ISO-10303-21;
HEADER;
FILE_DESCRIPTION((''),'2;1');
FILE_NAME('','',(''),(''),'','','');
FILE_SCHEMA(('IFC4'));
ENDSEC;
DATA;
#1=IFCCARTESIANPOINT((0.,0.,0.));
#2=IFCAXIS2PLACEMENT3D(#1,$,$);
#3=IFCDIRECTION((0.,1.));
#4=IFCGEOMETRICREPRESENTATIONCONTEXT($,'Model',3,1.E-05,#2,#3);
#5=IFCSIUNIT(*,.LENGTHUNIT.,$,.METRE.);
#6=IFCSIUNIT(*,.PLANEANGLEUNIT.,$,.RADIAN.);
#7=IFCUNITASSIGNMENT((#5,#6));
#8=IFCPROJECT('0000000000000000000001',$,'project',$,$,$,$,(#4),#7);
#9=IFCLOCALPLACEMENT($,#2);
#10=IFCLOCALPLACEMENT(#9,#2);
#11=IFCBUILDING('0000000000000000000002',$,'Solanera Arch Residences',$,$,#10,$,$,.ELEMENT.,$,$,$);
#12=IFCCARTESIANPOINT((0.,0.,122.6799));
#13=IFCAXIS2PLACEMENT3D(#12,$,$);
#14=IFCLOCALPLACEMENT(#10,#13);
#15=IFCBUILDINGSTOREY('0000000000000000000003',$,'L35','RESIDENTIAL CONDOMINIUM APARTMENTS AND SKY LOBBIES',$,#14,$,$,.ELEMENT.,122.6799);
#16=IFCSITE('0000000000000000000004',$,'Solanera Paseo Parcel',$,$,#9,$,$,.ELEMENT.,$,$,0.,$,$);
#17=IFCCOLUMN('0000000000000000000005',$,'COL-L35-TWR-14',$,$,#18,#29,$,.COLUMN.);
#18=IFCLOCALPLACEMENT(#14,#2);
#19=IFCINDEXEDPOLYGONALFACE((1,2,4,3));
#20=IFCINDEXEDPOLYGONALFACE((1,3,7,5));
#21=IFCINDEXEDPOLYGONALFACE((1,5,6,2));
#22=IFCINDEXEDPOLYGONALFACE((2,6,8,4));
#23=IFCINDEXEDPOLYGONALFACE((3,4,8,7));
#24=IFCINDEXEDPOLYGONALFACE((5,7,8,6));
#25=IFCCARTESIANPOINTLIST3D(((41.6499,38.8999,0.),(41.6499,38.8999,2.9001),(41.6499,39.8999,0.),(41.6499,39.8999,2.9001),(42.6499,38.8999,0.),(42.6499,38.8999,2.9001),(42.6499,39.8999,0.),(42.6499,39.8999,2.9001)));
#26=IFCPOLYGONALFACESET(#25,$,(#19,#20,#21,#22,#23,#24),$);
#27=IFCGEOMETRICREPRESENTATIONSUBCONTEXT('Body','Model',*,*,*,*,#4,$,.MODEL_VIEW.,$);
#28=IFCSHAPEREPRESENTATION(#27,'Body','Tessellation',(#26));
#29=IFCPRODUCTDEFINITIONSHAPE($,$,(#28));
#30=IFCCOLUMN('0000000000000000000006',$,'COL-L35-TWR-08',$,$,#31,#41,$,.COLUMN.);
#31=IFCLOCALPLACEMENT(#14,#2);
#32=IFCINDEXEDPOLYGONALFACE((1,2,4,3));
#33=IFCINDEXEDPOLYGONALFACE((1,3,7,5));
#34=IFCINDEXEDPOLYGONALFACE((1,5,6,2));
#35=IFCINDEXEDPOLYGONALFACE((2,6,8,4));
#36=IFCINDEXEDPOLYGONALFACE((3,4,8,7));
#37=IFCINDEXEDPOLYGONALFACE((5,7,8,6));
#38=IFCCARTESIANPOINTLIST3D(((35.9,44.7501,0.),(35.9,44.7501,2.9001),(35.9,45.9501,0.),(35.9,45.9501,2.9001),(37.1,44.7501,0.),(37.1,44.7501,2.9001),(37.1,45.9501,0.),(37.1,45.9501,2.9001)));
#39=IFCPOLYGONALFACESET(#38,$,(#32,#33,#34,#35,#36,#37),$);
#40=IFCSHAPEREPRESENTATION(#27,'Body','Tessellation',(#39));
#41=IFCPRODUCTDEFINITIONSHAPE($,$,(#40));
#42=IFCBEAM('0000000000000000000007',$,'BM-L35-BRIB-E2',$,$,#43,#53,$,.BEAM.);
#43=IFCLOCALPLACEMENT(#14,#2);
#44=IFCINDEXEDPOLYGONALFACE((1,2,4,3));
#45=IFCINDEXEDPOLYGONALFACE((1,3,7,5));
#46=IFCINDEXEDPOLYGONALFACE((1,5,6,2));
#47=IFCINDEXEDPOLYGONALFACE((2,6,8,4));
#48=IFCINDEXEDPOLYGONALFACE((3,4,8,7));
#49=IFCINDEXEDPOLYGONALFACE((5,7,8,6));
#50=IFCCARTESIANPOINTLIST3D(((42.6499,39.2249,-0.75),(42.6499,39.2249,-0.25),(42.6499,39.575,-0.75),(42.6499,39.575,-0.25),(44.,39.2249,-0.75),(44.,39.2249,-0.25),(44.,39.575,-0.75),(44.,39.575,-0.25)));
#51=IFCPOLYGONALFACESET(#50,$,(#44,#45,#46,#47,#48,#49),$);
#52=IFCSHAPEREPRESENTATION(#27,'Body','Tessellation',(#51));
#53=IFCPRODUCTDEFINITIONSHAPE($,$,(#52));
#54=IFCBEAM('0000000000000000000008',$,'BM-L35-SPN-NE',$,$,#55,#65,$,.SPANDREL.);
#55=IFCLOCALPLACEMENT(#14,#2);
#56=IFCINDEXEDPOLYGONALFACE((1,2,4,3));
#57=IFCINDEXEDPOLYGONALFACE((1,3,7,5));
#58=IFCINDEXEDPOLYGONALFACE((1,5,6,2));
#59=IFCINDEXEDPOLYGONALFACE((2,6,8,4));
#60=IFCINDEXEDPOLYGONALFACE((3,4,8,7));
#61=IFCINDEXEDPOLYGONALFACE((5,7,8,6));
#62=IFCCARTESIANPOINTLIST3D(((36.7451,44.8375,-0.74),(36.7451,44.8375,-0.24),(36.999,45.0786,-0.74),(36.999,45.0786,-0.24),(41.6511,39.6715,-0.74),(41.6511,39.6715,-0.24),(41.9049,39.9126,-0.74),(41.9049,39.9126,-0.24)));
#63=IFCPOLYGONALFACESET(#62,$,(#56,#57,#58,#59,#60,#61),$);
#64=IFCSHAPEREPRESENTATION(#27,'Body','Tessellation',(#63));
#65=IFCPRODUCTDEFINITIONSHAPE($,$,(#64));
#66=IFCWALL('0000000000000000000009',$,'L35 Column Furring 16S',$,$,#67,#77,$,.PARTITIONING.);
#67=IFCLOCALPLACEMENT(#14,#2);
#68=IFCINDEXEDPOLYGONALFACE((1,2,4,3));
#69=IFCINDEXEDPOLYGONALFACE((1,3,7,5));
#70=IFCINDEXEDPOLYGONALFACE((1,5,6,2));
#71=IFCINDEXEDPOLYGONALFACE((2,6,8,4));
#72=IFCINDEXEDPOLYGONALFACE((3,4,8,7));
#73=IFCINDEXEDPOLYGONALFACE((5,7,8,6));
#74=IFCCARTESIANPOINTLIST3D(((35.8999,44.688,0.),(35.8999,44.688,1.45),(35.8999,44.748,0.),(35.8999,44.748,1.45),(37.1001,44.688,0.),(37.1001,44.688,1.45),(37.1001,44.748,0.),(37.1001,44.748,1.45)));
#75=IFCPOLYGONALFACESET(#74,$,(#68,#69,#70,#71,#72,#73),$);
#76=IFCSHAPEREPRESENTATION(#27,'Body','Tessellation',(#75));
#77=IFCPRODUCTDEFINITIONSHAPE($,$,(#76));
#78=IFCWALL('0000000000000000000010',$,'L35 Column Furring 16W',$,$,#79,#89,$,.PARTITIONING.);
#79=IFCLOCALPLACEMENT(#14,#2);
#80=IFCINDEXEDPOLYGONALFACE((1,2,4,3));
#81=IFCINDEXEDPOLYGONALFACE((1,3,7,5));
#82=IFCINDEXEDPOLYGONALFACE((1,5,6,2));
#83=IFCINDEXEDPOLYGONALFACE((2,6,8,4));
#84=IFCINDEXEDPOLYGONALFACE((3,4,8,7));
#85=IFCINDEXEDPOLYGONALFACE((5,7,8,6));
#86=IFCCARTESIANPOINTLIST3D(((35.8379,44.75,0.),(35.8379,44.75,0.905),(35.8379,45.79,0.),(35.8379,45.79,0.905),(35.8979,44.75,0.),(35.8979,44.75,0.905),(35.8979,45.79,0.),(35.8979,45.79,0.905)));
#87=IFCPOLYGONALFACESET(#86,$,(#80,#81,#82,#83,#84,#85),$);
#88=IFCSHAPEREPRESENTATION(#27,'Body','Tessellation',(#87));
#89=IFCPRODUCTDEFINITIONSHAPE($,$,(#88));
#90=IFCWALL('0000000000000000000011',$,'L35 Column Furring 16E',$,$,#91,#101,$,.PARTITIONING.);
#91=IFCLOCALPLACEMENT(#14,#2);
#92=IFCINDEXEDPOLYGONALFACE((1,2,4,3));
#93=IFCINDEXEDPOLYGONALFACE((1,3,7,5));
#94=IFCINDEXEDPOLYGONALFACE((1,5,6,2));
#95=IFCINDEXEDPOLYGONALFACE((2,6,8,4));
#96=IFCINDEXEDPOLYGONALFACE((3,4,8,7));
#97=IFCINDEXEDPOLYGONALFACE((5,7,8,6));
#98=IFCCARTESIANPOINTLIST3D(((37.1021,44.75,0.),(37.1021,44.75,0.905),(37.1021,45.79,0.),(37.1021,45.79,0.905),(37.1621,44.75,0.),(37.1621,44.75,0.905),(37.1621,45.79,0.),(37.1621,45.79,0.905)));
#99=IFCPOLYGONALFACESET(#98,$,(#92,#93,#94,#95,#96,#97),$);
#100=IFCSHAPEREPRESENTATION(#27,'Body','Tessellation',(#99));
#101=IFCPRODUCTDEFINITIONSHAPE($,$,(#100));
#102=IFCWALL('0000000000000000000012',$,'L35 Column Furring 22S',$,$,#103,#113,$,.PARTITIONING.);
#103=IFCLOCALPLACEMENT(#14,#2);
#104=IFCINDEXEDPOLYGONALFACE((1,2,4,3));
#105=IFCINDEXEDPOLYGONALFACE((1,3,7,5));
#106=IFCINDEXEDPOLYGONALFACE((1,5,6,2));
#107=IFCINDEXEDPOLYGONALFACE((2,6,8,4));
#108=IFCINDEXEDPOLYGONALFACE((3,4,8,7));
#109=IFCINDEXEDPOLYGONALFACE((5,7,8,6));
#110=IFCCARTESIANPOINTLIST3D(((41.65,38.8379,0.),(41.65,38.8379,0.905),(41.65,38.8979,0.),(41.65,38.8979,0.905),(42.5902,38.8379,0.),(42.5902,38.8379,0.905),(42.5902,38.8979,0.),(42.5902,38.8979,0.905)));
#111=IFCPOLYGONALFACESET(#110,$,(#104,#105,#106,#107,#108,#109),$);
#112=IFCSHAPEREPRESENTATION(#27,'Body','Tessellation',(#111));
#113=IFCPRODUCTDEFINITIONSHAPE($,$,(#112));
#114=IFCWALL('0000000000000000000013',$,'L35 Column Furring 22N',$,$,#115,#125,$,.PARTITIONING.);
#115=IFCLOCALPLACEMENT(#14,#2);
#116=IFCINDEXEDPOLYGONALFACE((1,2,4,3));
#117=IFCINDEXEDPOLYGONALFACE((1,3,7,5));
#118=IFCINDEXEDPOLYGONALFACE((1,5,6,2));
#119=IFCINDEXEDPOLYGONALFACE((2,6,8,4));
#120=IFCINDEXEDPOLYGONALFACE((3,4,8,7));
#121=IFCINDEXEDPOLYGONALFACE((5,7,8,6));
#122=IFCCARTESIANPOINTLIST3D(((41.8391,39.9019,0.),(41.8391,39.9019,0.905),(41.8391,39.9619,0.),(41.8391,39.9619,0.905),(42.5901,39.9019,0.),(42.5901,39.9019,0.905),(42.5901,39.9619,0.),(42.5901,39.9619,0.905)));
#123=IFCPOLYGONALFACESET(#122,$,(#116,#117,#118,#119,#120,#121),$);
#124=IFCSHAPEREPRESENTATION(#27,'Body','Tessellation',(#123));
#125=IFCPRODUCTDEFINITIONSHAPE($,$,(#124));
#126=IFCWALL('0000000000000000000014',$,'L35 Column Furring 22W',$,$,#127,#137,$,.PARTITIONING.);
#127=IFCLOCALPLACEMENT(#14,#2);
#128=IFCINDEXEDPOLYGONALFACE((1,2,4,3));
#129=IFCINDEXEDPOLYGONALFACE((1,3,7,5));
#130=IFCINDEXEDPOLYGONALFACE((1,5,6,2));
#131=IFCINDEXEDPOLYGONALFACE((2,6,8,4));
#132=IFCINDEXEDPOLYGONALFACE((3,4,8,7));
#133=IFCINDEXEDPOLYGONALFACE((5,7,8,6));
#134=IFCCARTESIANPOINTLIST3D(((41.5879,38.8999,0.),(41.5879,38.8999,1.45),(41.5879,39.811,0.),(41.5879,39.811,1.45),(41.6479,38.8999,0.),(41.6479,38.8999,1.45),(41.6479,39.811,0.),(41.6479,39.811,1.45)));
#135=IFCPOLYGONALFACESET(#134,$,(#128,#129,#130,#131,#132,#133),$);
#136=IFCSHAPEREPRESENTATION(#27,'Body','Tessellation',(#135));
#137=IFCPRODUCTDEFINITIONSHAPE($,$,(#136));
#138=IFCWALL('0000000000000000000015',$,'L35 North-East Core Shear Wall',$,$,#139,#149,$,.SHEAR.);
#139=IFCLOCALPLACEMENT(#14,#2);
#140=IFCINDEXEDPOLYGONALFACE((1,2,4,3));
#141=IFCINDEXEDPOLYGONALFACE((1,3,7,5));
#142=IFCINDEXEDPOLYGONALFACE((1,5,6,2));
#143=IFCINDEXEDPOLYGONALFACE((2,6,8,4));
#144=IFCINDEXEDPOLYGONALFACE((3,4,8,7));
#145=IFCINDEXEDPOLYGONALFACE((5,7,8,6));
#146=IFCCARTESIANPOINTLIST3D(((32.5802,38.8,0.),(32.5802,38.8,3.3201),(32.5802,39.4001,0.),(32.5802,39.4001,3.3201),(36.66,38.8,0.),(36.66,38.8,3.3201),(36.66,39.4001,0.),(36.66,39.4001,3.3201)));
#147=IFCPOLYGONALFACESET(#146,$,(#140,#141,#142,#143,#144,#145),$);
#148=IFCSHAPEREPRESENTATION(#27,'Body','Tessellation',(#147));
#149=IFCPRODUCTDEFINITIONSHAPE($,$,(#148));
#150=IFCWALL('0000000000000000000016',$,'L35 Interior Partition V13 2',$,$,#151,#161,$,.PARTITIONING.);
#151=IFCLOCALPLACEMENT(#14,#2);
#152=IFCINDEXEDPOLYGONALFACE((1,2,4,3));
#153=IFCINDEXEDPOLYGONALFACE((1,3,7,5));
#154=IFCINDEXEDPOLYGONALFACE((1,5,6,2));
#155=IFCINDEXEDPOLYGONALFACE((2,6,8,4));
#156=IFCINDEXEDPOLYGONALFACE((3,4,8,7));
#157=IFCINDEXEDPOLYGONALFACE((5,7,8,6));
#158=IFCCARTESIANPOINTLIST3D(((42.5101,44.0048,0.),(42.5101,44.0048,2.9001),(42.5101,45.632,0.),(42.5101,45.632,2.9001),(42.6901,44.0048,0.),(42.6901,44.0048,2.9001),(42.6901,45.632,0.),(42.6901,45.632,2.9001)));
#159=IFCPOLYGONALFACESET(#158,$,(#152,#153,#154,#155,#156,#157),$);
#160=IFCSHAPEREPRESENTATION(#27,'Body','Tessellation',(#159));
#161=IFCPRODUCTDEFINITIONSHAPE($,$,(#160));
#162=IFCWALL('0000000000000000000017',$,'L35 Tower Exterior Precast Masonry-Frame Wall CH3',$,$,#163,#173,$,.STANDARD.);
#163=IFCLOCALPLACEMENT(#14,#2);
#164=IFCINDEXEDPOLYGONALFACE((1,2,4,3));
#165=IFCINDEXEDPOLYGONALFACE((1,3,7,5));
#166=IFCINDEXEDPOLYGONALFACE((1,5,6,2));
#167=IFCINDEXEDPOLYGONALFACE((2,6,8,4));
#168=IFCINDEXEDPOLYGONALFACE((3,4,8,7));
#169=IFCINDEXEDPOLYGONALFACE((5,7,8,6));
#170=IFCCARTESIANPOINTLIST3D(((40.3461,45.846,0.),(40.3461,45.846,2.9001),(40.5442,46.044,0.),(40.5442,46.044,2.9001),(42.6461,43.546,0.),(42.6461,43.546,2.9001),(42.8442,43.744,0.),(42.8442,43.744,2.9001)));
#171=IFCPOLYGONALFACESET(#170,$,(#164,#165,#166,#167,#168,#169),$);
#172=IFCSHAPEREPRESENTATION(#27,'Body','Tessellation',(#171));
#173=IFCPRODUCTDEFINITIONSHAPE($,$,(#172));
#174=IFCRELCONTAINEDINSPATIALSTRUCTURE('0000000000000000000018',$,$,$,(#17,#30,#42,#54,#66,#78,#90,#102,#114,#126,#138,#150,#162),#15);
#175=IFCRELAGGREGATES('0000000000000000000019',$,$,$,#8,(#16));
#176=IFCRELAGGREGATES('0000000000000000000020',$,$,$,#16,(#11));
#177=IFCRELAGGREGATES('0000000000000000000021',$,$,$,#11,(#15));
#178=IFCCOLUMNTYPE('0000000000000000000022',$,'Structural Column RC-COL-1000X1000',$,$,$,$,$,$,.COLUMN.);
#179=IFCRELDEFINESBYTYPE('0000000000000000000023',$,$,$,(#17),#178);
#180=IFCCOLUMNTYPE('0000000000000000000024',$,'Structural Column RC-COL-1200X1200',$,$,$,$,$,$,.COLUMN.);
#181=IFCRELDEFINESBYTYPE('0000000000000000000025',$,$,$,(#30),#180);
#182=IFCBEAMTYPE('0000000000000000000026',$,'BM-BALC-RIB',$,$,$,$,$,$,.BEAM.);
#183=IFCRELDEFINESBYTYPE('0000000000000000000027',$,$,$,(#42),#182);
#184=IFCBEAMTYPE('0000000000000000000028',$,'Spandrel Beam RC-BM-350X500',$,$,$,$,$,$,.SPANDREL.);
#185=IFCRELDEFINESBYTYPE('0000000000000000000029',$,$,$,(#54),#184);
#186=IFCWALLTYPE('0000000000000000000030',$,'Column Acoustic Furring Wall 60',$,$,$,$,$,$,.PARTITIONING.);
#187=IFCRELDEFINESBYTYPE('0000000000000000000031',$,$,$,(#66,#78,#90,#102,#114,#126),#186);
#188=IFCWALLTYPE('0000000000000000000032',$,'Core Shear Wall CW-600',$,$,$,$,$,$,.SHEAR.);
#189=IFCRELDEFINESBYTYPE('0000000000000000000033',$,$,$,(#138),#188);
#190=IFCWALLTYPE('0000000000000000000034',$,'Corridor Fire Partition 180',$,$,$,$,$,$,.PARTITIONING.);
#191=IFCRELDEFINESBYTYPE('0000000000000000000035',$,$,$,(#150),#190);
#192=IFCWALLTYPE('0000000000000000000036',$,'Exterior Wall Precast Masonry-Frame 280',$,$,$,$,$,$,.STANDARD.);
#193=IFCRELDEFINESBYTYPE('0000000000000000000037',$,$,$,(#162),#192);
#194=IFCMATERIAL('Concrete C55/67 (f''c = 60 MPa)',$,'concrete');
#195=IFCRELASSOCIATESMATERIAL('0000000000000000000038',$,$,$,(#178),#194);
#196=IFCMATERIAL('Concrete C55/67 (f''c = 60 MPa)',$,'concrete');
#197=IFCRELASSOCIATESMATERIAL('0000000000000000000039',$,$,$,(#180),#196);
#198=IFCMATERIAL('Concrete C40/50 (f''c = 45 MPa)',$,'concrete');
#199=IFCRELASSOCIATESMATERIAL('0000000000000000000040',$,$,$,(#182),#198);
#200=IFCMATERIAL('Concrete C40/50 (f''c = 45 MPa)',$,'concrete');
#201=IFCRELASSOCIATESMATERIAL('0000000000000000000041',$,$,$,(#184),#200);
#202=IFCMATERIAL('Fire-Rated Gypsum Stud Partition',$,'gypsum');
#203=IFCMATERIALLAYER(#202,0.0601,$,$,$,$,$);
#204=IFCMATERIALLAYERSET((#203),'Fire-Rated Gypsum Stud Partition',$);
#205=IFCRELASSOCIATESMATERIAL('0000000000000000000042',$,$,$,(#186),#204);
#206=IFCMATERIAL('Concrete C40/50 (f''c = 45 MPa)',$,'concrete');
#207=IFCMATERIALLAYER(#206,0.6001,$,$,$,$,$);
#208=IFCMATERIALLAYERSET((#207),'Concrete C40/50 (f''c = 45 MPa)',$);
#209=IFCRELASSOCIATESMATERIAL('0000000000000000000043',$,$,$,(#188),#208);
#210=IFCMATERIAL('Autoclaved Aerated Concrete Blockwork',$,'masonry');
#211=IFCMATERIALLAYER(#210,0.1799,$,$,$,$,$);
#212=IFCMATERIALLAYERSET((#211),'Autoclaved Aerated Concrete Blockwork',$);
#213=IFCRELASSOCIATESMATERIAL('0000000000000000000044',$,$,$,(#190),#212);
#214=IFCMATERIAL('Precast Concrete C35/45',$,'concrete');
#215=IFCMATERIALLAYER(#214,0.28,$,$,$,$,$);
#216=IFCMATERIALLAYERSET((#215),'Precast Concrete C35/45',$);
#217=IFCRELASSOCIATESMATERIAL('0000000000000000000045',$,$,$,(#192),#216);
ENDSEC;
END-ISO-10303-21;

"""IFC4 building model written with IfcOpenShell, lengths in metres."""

from ifc_helpers import new_model, si_unit, direction, frame, frame_2d, origin, origin_2d, place, context, subcontext, project, spatial, rectangle, extrude, material, layer, layer_set, material_profile, profile_set, type_object, element, save


model = new_model("IFC4")

# Units and contexts
model_context = context("Model", 3, precision=1e-05, world=origin(), true_north=direction((0.0, 1.0)))
body_context = subcontext(model_context, "Body", "Model", "MODEL_VIEW")
ifc_project = project(units=[si_unit("LENGTHUNIT", "METRE"), si_unit("PLANEANGLEUNIT", "RADIAN")], contexts=[model_context])

# Site, building, storey
site_placement = place(None, origin())
site = spatial("IfcSite", under=ifc_project, at=site_placement, Name="Solanera Paseo Parcel", CompositionType="ELEMENT", RefElevation=0.0)
building_placement = place(site_placement, origin())
building = spatial("IfcBuilding", under=site, at=building_placement, Name="Solanera Arch Residences", CompositionType="ELEMENT")
storey_placement = place(building_placement, frame((0.0, 0.0, 122.6799)))
storey = spatial("IfcBuildingStorey", under=building, at=storey_placement, Name="L35", Description="RESIDENTIAL CONDOMINIUM APARTMENTS AND SKY LOBBIES", CompositionType="ELEMENT", Elevation=122.6799)

# Columns
ifc_material_1 = material(Name="Concrete C55/67 (f'c = 60 MPa)", Category="concrete")
ifc_material_profile_1 = material_profile(ifc_material_1, rectangle(XDim=1.0, YDim=1.0, at=origin_2d()))
ifc_profile_set_1 = profile_set([ifc_material_profile_1], Name="Concrete C55/67 (f'c = 60 MPa)")
column_type_1 = type_object("IfcColumnType", Name="Structural Column RC-COL-1000X1000", PredefinedType="COLUMN", material=ifc_profile_set_1)
column_1_placement = place(storey_placement, frame((42.1499, 39.3999, 0.0), z_axis=(0.0, 0.0, 1.0), x_axis=(1.0, 0.0, 0.0)))
element("IfcColumn", 1, at=column_1_placement, inside=storey, type_object=column_type_1, Name="COL-L35-TWR-14", PredefinedType="COLUMN", context=body_context, shape_type="SweptSolid", body=[
    extrude(rectangle(XDim=1.0, YDim=1.0, at=origin_2d()), origin(), (0.0, 0.0, 1.0), 2.9001),
])
ifc_material_2 = material(Name="Concrete C55/67 (f'c = 60 MPa)", Category="concrete")
ifc_material_profile_2 = material_profile(ifc_material_2, rectangle(XDim=1.2, YDim=1.2, at=origin_2d()))
ifc_profile_set_2 = profile_set([ifc_material_profile_2], Name="Concrete C55/67 (f'c = 60 MPa)")
column_type_2 = type_object("IfcColumnType", Name="Structural Column RC-COL-1200X1200", PredefinedType="COLUMN", material=ifc_profile_set_2)
column_2_placement = place(storey_placement, frame((36.5, 45.3501, 0.0), z_axis=(0.0, 0.0, 1.0), x_axis=(1.0, 0.0, 0.0)))
element("IfcColumn", 2, at=column_2_placement, inside=storey, type_object=column_type_2, Name="COL-L35-TWR-08", PredefinedType="COLUMN", context=body_context, shape_type="SweptSolid", body=[
    extrude(rectangle(XDim=1.2, YDim=1.2, at=origin_2d()), origin(), (0.0, 0.0, 1.0), 2.9001),
])

# Beams
ifc_material_3 = material(Name="Concrete C40/50 (f'c = 45 MPa)", Category="concrete")
ifc_material_profile_3 = material_profile(ifc_material_3, rectangle(XDim=0.3501, YDim=0.5, at=origin_2d()))
ifc_profile_set_3 = profile_set([ifc_material_profile_3], Name="Concrete C40/50 (f'c = 45 MPa)")
beam_type_1 = type_object("IfcBeamType", Name="BM-BALC-RIB", PredefinedType="BEAM", material=ifc_profile_set_3)
beam_1_placement = place(storey_placement, frame((42.6499, 39.3999, -0.5), z_axis=(1.0, 0.0, 0.0), x_axis=(0.0, 1.0, 0.0)))
element("IfcBeam", 3, at=beam_1_placement, inside=storey, type_object=beam_type_1, Name="BM-L35-BRIB-E2", PredefinedType="BEAM", context=body_context, shape_type="SweptSolid", body=[
    extrude(rectangle(XDim=0.3501, YDim=0.5, at=origin_2d()), origin(), (0.0, 0.0, 1.0), 1.3501),
])
ifc_material_4 = material(Name="Concrete C40/50 (f'c = 45 MPa)", Category="concrete")
ifc_material_profile_4 = material_profile(ifc_material_4, rectangle(XDim=0.3501, YDim=0.5, at=origin_2d()))
ifc_profile_set_4 = profile_set([ifc_material_profile_4], Name="Concrete C40/50 (f'c = 45 MPa)")
beam_type_2 = type_object("IfcBeamType", Name="Spandrel Beam RC-BM-350X500", PredefinedType="SPANDREL", material=ifc_profile_set_4)
beam_2_placement = place(storey_placement, frame((36.8721, 44.958, -0.49), z_axis=(0.688623, -0.725119, 0.0), x_axis=(0.725119, 0.688623, 0.0)))
element("IfcBeam", 4, at=beam_2_placement, inside=storey, type_object=beam_type_2, Name="BM-L35-SPN-NE", PredefinedType="SPANDREL", context=body_context, shape_type="SweptSolid", body=[
    extrude(rectangle(XDim=0.3501, YDim=0.5, at=origin_2d()), origin(), (0.0, 0.0, 1.0), 7.1243),
])

# Walls
ifc_material_5 = material(Name="Fire-Rated Gypsum Stud Partition", Category="gypsum")
ifc_layer_1 = layer(ifc_material_5, 0.0601)
ifc_layer_set_1 = layer_set([ifc_layer_1], Name="Fire-Rated Gypsum Stud Partition")
wall_type_1 = type_object("IfcWallType", Name="Column Acoustic Furring Wall 60", PredefinedType="PARTITIONING", material=ifc_layer_set_1)
wall_1_placement = place(storey_placement, frame((35.8999, 44.718, 0.0), z_axis=(0.0, 0.0, 1.0), x_axis=(1.0, 0.0, 0.0)))
element("IfcWall", 5, at=wall_1_placement, inside=storey, type_object=wall_type_1, Name="L35 Column Furring 16S", PredefinedType="PARTITIONING", context=body_context, shape_type="SweptSolid", body=[
    extrude(rectangle(XDim=1.2002, YDim=0.0601, at=frame_2d((0.6001, 0.0))), origin(), (0.0, 0.0, 1.0), 1.45),
])
for number, where, z_axis, x_axis, name in (
    (6, (35.8679, 44.75, 0.0), (0.0, 0.0, 1.0), (0.0, 1.0, 0.0), "L35 Column Furring 16W"),
    (7, (37.1321, 44.75, 0.0), (0.0, 0.0, 1.0), (0.0, 1.0, 0.0), "L35 Column Furring 16E"),
):
    element("IfcWall", number, at=place(storey_placement, frame(where, z_axis=z_axis, x_axis=x_axis)), inside=storey, type_object=wall_type_1, Name=name, PredefinedType="PARTITIONING", context=body_context, shape_type="SweptSolid", body=[
        extrude(rectangle(XDim=1.04, YDim=0.0601, at=frame_2d((0.52, 0.0))), origin(), (0.0, 0.0, 1.0), 0.905),
    ])
wall_2_placement = place(storey_placement, frame((41.6499, 38.8679, 0.0), z_axis=(0.0, 0.0, 1.0), x_axis=(1.0, 0.0, 0.0)))
element("IfcWall", 8, at=wall_2_placement, inside=storey, type_object=wall_type_1, Name="L35 Column Furring 22S", PredefinedType="PARTITIONING", context=body_context, shape_type="SweptSolid", body=[
    extrude(rectangle(XDim=0.9402, YDim=0.0601, at=frame_2d((0.4702, 0.0))), origin(), (0.0, 0.0, 1.0), 0.905),
])
wall_3_placement = place(storey_placement, frame((41.8391, 39.9319, 0.0), z_axis=(0.0, 0.0, 1.0), x_axis=(1.0, 0.0, 0.0)))
element("IfcWall", 9, at=wall_3_placement, inside=storey, type_object=wall_type_1, Name="L35 Column Furring 22N", PredefinedType="PARTITIONING", context=body_context, shape_type="SweptSolid", body=[
    extrude(rectangle(XDim=0.751, YDim=0.0601, at=frame_2d((0.3755, 0.0))), origin(), (0.0, 0.0, 1.0), 0.905),
])
wall_4_placement = place(storey_placement, frame((41.6179, 38.8999, 0.0), z_axis=(0.0, 0.0, 1.0), x_axis=(0.0, 1.0, 0.0)))
element("IfcWall", 10, at=wall_4_placement, inside=storey, type_object=wall_type_1, Name="L35 Column Furring 22W", PredefinedType="PARTITIONING", context=body_context, shape_type="SweptSolid", body=[
    extrude(rectangle(XDim=0.9111, YDim=0.0601, at=frame_2d((0.4556, 0.0))), origin(), (0.0, 0.0, 1.0), 1.45),
])
ifc_material_6 = material(Name="Concrete C40/50 (f'c = 45 MPa)", Category="concrete")
ifc_layer_2 = layer(ifc_material_6, 0.6001)
ifc_layer_set_2 = layer_set([ifc_layer_2], Name="Concrete C40/50 (f'c = 45 MPa)")
wall_type_2 = type_object("IfcWallType", Name="Core Shear Wall CW-600", PredefinedType="SHEAR", material=ifc_layer_set_2)
wall_5_placement = place(storey_placement, frame((32.5801, 39.1001, 0.0), z_axis=(0.0, 0.0, 1.0), x_axis=(1.0, 0.0, 0.0)))
element("IfcWall", 11, at=wall_5_placement, inside=storey, type_object=wall_type_2, Name="L35 North-East Core Shear Wall", PredefinedType="SHEAR", context=body_context, shape_type="SweptSolid", body=[
    extrude(rectangle(XDim=4.0798, YDim=0.6001, at=frame_2d((2.04, 0.0))), origin(), (0.0, 0.0, 1.0), 3.3201),
])
ifc_material_7 = material(Name="Autoclaved Aerated Concrete Blockwork", Category="masonry")
ifc_layer_3 = layer(ifc_material_7, 0.1799)
ifc_layer_set_3 = layer_set([ifc_layer_3], Name="Autoclaved Aerated Concrete Blockwork")
wall_type_3 = type_object("IfcWallType", Name="Corridor Fire Partition 180", PredefinedType="PARTITIONING", material=ifc_layer_set_3)
wall_6_placement = place(storey_placement, frame((42.6001, 44.0049, 0.0), z_axis=(0.0, 0.0, 1.0), x_axis=(0.0, 1.0, 0.0)))
element("IfcWall", 12, at=wall_6_placement, inside=storey, type_object=wall_type_3, Name="L35 Interior Partition V13 2", PredefinedType="PARTITIONING", context=body_context, shape_type="SweptSolid", body=[
    extrude(rectangle(XDim=1.6272, YDim=0.1799, at=frame_2d((0.8135, 0.0))), origin(), (0.0, 0.0, 1.0), 2.9001),
])
ifc_material_8 = material(Name="Precast Concrete C35/45", Category="concrete")
ifc_layer_4 = layer(ifc_material_8, 0.28)
ifc_layer_set_4 = layer_set([ifc_layer_4], Name="Precast Concrete C35/45")
wall_type_4 = type_object("IfcWallType", Name="Exterior Wall Precast Masonry-Frame 280", PredefinedType="STANDARD", material=ifc_layer_set_4)
wall_7_placement = place(storey_placement, frame((40.4451, 45.9451, 0.0), z_axis=(0.0, 0.0, 1.0), x_axis=(0.707107, -0.707107, 0.0)))
element("IfcWall", 13, at=wall_7_placement, inside=storey, type_object=wall_type_4, Name="L35 Tower Exterior Precast Masonry-Frame Wall CH3", PredefinedType="STANDARD", context=body_context, shape_type="SweptSolid", body=[
    extrude(rectangle(XDim=3.2527, YDim=0.28, at=frame_2d((1.6265, 0.0))), origin(), (0.0, 0.0, 1.0), 2.9001),
])

save(model, "model.ifc")
